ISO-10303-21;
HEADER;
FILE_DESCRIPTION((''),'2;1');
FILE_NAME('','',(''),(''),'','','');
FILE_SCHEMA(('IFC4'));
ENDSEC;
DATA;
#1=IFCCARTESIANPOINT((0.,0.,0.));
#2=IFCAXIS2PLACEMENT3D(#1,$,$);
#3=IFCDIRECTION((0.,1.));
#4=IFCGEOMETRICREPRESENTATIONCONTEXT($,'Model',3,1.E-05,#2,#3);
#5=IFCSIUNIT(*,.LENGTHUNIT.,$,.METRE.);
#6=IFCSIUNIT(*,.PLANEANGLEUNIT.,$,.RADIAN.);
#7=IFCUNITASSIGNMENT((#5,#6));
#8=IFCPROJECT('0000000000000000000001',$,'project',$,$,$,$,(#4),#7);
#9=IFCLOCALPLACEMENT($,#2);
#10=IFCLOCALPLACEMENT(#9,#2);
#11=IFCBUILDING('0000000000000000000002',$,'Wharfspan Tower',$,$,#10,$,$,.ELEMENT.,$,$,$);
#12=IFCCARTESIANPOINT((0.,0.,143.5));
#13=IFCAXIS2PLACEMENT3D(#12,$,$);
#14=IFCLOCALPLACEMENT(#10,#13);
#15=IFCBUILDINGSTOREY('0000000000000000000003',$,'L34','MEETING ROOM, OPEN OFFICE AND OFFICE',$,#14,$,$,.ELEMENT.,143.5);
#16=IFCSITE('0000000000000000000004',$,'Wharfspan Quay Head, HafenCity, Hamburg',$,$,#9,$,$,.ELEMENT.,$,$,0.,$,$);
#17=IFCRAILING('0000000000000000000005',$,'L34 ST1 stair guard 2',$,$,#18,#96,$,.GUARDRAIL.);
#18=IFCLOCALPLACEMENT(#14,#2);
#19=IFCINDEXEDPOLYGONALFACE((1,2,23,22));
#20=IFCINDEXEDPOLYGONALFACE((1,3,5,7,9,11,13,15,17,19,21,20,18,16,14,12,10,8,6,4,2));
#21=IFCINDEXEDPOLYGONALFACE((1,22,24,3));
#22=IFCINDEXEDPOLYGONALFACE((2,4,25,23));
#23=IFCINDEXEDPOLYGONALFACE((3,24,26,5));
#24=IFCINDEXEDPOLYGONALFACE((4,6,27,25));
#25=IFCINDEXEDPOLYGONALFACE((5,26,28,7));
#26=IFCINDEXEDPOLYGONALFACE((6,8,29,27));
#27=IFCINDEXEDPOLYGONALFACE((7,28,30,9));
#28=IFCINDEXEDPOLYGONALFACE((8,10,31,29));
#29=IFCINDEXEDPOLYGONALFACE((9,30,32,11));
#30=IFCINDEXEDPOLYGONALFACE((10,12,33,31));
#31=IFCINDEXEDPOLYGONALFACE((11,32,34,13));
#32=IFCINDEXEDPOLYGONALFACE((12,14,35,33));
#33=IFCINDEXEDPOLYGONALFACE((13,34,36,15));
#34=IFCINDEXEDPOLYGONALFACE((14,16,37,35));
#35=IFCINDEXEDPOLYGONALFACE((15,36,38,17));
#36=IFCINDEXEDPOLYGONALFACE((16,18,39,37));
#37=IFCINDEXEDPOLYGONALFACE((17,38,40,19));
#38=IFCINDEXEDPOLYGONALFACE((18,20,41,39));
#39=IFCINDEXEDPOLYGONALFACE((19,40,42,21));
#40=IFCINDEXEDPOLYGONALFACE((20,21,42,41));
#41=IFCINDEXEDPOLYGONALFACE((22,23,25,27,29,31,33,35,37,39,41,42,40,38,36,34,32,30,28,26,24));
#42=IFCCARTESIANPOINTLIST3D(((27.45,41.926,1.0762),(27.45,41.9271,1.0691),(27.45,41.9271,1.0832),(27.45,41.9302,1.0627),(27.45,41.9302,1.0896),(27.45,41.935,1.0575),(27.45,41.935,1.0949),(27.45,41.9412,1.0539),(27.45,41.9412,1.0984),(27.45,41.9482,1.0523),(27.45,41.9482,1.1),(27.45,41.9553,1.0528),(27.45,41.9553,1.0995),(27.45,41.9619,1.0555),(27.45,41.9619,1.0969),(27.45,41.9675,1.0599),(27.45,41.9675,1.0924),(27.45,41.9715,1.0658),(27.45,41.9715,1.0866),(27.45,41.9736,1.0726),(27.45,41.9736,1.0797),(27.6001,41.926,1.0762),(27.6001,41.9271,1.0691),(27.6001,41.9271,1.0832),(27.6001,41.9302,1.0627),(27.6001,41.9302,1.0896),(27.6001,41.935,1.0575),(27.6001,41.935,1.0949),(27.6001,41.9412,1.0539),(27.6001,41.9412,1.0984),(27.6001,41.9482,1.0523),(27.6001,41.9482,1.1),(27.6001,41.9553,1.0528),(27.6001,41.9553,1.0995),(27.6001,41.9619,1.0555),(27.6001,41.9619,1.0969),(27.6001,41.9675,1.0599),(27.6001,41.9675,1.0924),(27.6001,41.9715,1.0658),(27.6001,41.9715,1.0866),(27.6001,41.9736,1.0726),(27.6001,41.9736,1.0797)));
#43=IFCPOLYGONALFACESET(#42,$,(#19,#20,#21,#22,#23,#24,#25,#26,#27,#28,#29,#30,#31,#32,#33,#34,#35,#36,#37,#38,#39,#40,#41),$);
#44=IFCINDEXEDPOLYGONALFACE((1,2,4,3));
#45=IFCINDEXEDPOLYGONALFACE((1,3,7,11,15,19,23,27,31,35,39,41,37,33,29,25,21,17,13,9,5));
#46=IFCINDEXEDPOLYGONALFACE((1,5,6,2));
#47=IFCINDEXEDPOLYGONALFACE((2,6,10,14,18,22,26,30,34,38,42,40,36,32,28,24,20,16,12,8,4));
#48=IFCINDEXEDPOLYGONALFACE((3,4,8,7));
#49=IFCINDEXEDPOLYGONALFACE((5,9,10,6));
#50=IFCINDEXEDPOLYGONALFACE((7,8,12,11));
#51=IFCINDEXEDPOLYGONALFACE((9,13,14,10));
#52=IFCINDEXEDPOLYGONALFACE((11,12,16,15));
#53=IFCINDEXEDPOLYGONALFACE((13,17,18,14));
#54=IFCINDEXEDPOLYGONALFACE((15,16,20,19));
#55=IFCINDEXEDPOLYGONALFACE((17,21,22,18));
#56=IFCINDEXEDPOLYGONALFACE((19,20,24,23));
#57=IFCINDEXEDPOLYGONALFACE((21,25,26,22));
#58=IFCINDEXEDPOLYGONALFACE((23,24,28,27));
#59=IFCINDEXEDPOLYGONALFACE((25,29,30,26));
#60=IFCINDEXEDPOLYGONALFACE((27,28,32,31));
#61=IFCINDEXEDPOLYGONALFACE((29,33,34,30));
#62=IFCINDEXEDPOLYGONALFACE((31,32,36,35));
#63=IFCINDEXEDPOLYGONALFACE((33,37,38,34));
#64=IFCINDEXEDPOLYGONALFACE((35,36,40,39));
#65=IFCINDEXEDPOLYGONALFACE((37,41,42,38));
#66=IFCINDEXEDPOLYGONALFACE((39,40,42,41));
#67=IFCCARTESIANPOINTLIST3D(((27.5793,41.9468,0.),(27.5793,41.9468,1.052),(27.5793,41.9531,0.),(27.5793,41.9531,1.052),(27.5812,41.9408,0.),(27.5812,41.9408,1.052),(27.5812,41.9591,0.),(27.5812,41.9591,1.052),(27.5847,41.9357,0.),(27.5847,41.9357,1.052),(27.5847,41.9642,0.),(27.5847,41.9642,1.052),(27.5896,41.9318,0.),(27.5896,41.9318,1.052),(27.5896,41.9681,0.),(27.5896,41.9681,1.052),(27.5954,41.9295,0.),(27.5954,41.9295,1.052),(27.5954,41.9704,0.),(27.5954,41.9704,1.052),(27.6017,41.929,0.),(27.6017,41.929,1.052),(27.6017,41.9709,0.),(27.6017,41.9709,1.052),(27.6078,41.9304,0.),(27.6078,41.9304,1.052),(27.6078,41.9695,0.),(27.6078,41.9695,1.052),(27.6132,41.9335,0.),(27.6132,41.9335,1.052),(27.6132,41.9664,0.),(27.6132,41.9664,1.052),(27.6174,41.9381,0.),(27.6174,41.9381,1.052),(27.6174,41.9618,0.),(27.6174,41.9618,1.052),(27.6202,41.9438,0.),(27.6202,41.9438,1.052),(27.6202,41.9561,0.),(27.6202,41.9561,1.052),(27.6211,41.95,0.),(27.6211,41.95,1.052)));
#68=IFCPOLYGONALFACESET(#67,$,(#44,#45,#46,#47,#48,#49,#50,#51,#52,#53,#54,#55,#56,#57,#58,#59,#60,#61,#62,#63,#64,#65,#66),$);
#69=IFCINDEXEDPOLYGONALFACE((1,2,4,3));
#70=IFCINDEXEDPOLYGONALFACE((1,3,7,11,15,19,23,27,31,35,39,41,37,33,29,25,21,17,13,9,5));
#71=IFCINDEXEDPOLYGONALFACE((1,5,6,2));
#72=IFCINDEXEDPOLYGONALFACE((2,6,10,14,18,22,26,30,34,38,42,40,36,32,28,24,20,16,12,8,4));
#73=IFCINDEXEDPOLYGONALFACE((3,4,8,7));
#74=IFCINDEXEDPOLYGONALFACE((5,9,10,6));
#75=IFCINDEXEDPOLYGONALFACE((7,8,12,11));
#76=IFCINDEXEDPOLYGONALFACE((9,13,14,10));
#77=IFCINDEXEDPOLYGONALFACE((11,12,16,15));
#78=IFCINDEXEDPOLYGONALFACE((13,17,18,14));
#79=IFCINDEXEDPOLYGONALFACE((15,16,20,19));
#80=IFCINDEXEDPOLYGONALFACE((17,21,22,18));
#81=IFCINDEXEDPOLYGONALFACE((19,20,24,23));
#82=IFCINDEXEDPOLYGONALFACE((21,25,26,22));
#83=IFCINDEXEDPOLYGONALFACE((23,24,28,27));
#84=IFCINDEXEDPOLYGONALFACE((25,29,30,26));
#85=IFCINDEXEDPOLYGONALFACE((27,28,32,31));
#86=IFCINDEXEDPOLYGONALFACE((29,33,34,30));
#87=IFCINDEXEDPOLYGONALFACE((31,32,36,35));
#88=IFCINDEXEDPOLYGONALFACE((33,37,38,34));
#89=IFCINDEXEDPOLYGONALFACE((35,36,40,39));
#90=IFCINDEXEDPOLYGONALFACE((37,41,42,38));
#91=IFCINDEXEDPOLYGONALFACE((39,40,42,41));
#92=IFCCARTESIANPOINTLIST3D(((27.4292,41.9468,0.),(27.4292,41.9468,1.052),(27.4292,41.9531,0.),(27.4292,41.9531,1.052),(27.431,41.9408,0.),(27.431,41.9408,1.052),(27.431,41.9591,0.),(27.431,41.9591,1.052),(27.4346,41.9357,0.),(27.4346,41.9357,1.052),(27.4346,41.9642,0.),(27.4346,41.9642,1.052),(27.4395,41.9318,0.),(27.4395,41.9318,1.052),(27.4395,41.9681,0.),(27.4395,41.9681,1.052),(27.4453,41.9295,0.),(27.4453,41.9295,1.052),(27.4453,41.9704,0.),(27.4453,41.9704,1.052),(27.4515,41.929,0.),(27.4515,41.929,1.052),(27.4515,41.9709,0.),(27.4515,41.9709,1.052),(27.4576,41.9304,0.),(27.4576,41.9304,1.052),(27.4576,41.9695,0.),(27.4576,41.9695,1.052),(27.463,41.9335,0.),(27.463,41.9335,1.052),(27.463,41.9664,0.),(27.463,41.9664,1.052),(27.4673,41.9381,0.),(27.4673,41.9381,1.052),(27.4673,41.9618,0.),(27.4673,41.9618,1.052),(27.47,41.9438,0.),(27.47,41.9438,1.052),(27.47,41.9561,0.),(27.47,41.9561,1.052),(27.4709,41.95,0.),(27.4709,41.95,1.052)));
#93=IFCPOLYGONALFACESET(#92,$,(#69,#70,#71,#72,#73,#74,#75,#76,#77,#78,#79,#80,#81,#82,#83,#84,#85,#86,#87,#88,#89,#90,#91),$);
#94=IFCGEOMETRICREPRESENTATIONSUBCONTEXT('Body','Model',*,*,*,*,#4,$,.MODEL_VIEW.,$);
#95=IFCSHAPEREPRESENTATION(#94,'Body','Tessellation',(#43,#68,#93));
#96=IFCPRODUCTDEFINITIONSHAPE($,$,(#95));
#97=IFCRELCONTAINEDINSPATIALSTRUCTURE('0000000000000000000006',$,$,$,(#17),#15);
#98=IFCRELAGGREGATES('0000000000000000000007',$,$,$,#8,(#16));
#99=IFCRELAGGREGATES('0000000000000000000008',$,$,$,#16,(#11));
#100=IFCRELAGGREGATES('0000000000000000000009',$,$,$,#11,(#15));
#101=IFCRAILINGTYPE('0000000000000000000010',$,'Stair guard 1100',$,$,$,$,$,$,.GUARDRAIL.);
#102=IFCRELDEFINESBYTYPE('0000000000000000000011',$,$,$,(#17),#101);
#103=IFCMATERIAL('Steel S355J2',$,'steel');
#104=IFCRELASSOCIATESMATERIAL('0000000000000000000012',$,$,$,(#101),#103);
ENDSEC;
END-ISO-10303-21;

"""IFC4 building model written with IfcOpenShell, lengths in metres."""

from ifc_helpers import new_model, si_unit, direction, frame, origin, origin_2d, place, context, subcontext, project, spatial, circle, extrude, material, type_object, element, save


model = new_model("IFC4")

# Units and contexts
model_context = context("Model", 3, precision=1e-05, world=origin(), true_north=direction((0.0, 1.0)))
body_context = subcontext(model_context, "Body", "Model", "MODEL_VIEW")
ifc_project = project(units=[si_unit("LENGTHUNIT", "METRE"), si_unit("PLANEANGLEUNIT", "RADIAN")], contexts=[model_context])

# Site, building, storey
site_placement = place(None, origin())
site = spatial("IfcSite", under=ifc_project, at=site_placement, Name="Wharfspan Quay Head, HafenCity, Hamburg", CompositionType="ELEMENT", RefElevation=0.0)
building_placement = place(site_placement, origin())
building = spatial("IfcBuilding", under=site, at=building_placement, Name="Wharfspan Tower", CompositionType="ELEMENT")
storey_placement = place(building_placement, frame((0.0, 0.0, 143.5)))
storey = spatial("IfcBuildingStorey", under=building, at=storey_placement, Name="L34", Description="MEETING ROOM, OPEN OFFICE AND OFFICE", CompositionType="ELEMENT", Elevation=143.5)

# Shared definitions
ifc_material_1 = material(Name="Steel S355J2", Category="steel")

# Railing
railing_type_1 = type_object("IfcRailingType", Name="Stair guard 1100", PredefinedType="GUARDRAIL", material=ifc_material_1)
railing_1_placement = place(storey_placement, frame((27.6001, 41.95, 0.0)))
element("IfcRailing", 1, at=railing_1_placement, inside=storey, type_object=railing_type_1, Name="L34 ST1 stair guard 2", PredefinedType="GUARDRAIL", context=body_context, shape_type="SweptSolid", body=[
    extrude(circle(Radius=0.0239, at=origin_2d()), frame((0.0, 0.0, 1.0762), z_axis=(-1.0, 0.0, 0.0), x_axis=(0.0, -1.0, 0.0)), (0.0, 0.0, 1.0), 0.1501),
    extrude(circle(Radius=0.021, at=origin_2d()), origin(), (0.0, 0.0, 1.0), 1.052),
    extrude(circle(Radius=0.021, at=origin_2d()), frame((-0.1501, 0.0, 0.0)), (0.0, 0.0, 1.0), 1.052),
])

save(model, "model.ifc")
